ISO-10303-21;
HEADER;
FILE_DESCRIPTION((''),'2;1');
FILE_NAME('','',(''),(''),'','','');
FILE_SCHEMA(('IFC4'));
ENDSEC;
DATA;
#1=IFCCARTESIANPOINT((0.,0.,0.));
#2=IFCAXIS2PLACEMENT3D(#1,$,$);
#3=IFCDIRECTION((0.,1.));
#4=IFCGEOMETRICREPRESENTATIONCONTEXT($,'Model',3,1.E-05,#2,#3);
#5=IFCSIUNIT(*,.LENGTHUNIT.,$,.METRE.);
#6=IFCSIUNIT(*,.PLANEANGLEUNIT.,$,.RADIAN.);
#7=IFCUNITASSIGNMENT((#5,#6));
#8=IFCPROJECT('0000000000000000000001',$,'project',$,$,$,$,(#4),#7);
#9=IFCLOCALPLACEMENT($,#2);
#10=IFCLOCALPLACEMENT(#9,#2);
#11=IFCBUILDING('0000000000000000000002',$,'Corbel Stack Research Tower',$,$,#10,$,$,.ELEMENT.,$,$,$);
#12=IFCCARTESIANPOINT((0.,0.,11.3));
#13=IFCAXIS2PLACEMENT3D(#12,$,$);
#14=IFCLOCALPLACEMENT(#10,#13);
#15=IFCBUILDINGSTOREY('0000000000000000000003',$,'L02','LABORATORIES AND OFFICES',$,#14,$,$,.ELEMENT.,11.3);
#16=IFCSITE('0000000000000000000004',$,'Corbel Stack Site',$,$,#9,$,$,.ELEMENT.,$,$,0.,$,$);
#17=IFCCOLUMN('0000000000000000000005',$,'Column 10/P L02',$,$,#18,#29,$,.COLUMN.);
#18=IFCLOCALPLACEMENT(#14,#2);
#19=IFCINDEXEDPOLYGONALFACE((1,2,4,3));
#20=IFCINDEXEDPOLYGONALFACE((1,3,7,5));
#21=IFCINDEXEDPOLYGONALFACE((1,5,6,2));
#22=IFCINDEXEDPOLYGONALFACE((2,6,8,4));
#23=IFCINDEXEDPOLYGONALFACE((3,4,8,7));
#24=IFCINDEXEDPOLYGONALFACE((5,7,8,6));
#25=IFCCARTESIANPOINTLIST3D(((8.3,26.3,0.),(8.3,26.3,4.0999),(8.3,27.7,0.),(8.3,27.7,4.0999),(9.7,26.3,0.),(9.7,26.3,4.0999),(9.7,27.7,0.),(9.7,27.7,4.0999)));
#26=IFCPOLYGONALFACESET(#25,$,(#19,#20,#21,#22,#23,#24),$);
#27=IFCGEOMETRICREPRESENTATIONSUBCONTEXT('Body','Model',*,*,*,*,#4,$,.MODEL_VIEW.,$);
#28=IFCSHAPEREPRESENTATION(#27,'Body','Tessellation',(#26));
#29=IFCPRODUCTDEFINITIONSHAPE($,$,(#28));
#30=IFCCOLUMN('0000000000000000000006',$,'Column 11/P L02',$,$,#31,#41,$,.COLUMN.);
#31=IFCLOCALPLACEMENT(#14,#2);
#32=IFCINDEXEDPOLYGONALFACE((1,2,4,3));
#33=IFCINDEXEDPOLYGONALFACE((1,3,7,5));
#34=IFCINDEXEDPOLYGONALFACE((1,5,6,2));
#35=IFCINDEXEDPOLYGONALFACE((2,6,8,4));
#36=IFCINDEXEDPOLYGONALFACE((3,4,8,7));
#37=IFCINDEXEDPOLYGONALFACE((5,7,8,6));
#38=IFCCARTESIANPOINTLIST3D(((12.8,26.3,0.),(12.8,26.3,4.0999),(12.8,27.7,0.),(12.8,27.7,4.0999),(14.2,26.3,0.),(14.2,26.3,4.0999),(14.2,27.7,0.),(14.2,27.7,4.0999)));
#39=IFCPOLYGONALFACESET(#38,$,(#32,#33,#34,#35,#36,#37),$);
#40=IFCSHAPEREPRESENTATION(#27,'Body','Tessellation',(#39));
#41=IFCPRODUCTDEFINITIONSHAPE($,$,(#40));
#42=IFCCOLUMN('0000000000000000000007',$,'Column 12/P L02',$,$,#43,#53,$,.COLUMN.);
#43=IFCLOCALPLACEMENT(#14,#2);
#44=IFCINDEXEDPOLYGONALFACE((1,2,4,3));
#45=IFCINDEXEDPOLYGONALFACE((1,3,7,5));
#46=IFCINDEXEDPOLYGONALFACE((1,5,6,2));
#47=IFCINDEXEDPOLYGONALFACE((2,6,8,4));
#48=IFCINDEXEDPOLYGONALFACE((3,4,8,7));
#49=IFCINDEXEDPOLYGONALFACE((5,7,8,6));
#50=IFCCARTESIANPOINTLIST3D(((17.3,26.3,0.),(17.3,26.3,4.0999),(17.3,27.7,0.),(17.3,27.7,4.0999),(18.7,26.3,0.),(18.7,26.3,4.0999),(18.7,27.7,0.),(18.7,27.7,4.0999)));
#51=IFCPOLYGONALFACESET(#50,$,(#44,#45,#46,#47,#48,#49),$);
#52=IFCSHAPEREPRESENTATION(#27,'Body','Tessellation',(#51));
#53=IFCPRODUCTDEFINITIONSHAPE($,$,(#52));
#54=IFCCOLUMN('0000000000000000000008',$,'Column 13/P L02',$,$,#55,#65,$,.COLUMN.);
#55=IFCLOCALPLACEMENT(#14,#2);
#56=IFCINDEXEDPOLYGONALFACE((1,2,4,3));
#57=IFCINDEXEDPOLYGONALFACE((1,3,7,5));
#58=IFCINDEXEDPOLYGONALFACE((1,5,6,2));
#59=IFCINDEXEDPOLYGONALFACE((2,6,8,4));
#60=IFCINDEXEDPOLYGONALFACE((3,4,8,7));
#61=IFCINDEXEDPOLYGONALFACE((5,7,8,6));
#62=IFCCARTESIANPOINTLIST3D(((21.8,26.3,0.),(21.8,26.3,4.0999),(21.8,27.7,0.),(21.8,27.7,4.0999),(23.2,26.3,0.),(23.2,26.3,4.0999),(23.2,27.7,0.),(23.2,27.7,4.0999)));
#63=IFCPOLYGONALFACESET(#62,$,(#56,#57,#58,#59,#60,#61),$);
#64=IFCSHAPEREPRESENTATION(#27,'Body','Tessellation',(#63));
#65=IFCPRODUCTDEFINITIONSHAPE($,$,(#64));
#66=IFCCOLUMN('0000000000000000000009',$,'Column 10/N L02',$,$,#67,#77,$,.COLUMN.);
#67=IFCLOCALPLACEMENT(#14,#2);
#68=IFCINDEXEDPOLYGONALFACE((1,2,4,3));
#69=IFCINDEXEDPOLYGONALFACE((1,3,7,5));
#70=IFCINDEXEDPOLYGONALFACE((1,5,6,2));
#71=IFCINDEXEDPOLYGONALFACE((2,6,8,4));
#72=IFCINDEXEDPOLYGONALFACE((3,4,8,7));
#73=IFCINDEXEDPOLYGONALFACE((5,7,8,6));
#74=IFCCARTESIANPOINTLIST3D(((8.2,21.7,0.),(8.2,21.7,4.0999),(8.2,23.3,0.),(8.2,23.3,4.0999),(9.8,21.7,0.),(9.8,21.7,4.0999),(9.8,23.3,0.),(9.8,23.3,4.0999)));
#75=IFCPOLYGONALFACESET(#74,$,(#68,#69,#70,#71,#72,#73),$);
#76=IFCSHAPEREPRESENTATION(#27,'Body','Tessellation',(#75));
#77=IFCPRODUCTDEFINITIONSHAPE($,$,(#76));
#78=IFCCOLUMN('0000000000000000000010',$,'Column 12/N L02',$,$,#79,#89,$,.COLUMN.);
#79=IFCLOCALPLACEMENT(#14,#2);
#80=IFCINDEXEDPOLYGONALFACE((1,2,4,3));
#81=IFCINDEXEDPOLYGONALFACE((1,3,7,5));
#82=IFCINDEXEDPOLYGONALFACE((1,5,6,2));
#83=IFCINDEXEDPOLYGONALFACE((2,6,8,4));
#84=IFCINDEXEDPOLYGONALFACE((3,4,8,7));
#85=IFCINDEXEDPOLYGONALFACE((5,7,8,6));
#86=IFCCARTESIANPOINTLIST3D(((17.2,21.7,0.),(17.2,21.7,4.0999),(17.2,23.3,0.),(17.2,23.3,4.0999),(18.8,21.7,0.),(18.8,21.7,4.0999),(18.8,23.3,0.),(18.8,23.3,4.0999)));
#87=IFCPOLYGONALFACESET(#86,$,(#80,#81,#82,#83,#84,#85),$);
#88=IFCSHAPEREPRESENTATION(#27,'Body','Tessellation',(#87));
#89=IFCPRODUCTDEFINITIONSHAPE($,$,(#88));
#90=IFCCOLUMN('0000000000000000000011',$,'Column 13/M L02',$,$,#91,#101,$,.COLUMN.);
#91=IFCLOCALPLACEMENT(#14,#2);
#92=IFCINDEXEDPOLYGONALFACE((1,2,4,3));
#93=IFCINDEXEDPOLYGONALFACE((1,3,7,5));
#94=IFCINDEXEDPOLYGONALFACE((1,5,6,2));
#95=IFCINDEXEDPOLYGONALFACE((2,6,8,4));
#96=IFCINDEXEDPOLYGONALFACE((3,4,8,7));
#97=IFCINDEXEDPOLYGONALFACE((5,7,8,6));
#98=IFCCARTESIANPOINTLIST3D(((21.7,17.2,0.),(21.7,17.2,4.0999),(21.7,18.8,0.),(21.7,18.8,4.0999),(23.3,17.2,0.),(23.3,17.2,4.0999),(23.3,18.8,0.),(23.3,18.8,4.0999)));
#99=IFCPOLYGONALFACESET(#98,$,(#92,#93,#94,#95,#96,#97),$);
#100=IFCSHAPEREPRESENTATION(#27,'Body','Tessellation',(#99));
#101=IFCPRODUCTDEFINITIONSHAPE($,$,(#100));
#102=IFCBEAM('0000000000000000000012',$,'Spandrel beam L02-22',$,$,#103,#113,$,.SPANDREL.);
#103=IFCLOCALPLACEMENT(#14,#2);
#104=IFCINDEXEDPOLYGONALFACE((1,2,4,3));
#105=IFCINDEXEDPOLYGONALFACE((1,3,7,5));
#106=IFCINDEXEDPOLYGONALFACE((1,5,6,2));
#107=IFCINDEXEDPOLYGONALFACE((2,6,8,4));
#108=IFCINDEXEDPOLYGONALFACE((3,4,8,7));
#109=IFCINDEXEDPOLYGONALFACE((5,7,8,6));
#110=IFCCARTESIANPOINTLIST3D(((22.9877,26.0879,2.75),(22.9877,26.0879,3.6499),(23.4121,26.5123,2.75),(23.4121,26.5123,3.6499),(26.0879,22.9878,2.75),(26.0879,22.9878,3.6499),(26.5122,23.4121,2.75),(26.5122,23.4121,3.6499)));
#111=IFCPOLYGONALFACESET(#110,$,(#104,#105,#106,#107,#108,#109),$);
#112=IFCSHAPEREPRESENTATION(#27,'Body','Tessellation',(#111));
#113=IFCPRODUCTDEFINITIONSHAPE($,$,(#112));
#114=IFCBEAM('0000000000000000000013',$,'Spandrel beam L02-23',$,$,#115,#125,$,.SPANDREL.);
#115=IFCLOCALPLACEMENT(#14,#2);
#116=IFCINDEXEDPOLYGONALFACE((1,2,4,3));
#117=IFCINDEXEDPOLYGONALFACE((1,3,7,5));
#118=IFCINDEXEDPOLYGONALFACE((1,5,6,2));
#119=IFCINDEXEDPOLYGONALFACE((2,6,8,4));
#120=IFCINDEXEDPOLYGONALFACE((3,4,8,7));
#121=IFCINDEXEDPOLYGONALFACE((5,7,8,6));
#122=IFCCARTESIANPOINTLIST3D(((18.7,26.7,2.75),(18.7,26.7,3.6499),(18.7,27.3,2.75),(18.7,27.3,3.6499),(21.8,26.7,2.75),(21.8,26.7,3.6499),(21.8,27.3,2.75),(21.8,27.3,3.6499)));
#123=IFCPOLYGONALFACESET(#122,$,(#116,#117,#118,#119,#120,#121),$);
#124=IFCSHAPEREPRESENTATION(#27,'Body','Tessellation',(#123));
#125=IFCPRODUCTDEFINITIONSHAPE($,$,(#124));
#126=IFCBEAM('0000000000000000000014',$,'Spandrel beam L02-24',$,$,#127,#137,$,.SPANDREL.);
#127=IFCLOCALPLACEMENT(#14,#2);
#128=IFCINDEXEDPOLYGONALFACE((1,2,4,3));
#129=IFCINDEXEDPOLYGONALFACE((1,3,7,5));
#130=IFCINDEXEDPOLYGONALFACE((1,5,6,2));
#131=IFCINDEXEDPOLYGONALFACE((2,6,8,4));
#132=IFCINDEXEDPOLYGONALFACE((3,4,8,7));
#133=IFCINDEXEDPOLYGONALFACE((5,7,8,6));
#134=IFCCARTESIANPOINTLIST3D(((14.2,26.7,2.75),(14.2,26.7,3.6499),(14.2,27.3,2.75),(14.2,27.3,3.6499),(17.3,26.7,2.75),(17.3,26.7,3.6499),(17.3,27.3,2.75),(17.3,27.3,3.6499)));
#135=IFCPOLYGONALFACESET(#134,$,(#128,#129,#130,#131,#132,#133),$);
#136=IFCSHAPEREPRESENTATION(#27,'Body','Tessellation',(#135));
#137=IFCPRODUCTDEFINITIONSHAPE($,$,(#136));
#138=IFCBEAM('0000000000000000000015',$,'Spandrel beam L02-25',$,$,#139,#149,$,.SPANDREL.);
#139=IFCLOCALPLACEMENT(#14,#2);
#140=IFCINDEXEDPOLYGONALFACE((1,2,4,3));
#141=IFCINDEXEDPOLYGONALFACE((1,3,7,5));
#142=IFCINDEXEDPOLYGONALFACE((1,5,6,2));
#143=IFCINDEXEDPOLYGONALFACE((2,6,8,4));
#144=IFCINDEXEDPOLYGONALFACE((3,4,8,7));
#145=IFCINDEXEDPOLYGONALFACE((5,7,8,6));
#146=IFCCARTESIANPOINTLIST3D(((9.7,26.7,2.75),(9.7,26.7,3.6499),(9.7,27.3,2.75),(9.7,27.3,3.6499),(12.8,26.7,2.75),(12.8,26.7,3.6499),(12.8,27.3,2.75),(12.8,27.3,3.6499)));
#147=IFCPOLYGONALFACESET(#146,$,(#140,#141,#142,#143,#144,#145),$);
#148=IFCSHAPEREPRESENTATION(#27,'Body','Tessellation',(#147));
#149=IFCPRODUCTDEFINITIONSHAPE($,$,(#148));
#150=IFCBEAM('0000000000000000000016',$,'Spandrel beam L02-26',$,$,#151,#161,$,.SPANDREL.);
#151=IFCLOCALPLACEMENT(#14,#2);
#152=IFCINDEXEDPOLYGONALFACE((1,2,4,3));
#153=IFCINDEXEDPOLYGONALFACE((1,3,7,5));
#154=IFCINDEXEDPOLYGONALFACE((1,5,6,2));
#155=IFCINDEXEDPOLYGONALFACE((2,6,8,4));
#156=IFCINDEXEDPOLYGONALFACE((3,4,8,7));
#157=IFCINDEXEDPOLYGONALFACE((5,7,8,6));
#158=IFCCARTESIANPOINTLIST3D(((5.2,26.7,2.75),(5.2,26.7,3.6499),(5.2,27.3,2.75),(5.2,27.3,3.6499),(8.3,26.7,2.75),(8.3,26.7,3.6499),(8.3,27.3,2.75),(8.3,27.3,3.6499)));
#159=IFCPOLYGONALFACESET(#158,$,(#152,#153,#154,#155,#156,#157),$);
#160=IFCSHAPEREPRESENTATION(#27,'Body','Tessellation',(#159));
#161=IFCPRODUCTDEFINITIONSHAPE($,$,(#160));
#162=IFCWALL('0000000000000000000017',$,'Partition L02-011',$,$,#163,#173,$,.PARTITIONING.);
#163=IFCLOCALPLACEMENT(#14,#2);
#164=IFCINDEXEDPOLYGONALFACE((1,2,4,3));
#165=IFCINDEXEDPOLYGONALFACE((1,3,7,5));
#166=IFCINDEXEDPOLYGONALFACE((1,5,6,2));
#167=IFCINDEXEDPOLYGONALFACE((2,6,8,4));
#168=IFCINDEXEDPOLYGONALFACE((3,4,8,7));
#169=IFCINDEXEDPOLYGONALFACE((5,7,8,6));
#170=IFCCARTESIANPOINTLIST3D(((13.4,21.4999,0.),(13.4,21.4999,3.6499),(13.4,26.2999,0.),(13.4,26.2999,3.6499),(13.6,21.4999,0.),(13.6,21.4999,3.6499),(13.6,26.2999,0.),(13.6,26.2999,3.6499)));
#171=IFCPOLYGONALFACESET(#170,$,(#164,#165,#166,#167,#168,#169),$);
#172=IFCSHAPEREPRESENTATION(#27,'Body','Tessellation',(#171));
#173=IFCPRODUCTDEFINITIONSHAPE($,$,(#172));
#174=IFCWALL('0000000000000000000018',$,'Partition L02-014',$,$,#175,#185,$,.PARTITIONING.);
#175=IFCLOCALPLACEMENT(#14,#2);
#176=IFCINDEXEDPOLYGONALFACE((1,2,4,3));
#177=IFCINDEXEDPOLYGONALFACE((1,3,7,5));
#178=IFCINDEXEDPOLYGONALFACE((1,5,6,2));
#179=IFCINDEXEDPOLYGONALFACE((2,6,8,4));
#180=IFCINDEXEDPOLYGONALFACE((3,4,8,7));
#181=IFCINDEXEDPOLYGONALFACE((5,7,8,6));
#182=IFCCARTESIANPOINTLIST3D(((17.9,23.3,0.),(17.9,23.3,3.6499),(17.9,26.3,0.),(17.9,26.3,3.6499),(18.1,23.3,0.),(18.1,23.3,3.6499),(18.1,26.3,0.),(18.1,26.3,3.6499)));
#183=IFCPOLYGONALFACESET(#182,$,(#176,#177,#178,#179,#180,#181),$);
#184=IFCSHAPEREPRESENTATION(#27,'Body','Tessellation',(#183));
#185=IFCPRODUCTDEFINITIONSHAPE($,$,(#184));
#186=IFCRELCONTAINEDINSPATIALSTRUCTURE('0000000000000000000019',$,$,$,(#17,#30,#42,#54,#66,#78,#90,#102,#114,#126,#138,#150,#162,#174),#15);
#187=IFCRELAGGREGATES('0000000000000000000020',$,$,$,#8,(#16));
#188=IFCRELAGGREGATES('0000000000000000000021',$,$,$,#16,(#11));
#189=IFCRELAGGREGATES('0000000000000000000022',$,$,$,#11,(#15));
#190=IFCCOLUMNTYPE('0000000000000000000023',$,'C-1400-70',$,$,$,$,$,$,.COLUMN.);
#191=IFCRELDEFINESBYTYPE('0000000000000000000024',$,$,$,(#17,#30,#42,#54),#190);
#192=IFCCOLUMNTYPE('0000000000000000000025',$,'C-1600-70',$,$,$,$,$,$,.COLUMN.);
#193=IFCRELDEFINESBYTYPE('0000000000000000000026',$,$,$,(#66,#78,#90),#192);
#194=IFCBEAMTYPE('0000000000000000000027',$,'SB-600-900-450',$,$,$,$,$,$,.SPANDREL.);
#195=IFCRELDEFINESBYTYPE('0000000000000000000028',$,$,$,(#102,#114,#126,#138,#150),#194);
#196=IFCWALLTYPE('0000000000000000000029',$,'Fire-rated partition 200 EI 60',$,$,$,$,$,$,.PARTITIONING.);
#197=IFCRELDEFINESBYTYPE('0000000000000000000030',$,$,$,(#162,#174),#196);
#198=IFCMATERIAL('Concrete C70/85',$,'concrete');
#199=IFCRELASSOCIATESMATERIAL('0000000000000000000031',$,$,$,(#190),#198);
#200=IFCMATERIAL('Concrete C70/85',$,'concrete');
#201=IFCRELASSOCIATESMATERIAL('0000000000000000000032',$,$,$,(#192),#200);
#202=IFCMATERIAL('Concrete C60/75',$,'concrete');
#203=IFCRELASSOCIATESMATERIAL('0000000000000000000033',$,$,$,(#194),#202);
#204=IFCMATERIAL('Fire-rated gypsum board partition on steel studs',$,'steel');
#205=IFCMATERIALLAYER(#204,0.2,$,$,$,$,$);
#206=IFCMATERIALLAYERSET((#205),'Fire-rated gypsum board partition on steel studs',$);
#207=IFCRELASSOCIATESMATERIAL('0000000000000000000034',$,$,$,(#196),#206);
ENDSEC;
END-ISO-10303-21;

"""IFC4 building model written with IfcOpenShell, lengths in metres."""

from ifc_helpers import new_model, si_unit, direction, frame, frame_2d, origin, origin_2d, place, context, subcontext, project, spatial, rectangle, extrude, material, layer, layer_set, material_profile, profile_set, type_object, element, save


model = new_model("IFC4")

# Units and contexts
model_context = context("Model", 3, precision=1e-05, world=origin(), true_north=direction((0.0, 1.0)))
body_context = subcontext(model_context, "Body", "Model", "MODEL_VIEW")
ifc_project = project(units=[si_unit("LENGTHUNIT", "METRE"), si_unit("PLANEANGLEUNIT", "RADIAN")], contexts=[model_context])

# Site, building, storey
site_placement = place(None, origin())
site = spatial("IfcSite", under=ifc_project, at=site_placement, Name="Corbel Stack Site", CompositionType="ELEMENT", RefElevation=0.0)
building_placement = place(site_placement, origin())
building = spatial("IfcBuilding", under=site, at=building_placement, Name="Corbel Stack Research Tower", CompositionType="ELEMENT")
storey_placement = place(building_placement, frame((0.0, 0.0, 11.3)))
storey = spatial("IfcBuildingStorey", under=building, at=storey_placement, Name="L02", Description="LABORATORIES AND OFFICES", CompositionType="ELEMENT", Elevation=11.3)

# Columns
ifc_material_1 = material(Name="Concrete C70/85", Category="concrete")
ifc_material_profile_1 = material_profile(ifc_material_1, rectangle(XDim=1.3999, YDim=1.3999, at=origin_2d()), Name="RC 1400 x 1400")
ifc_profile_set_1 = profile_set([ifc_material_profile_1], Name="Concrete C70/85")
column_type_1 = type_object("IfcColumnType", Name="C-1400-70", PredefinedType="COLUMN", material=ifc_profile_set_1)
for number, where, z_axis, x_axis, name in (
    (1, (9.0, 27.0, 0.0), (0.0, 0.0, 1.0), (1.0, 0.0, 0.0), "Column 10/P L02"),
    (2, (13.5, 27.0, 0.0), (0.0, 0.0, 1.0), (1.0, 0.0, 0.0), "Column 11/P L02"),
    (3, (18.0, 27.0, 0.0), (0.0, 0.0, 1.0), (1.0, 0.0, 0.0), "Column 12/P L02"),
    (4, (22.5, 27.0, 0.0), (0.0, 0.0, 1.0), (1.0, 0.0, 0.0), "Column 13/P L02"),
):
    element("IfcColumn", number, at=place(storey_placement, frame(where, z_axis=z_axis, x_axis=x_axis)), inside=storey, type_object=column_type_1, Name=name, PredefinedType="COLUMN", context=body_context, shape_type="SweptSolid", body=[
        extrude(rectangle(XDim=1.3999, YDim=1.3999, at=origin_2d()), origin(), (0.0, 0.0, 1.0), 4.0999),
    ])
ifc_material_2 = material(Name="Concrete C70/85", Category="concrete")
ifc_material_profile_2 = material_profile(ifc_material_2, rectangle(XDim=1.6001, YDim=1.6001, at=origin_2d()), Name="RC 1600 x 1600")
ifc_profile_set_2 = profile_set([ifc_material_profile_2], Name="Concrete C70/85")
column_type_2 = type_object("IfcColumnType", Name="C-1600-70", PredefinedType="COLUMN", material=ifc_profile_set_2)
for number, where, z_axis, x_axis, name in (
    (5, (9.0, 22.5, 0.0), (0.0, 0.0, 1.0), (1.0, 0.0, 0.0), "Column 10/N L02"),
    (6, (18.0, 22.5, 0.0), (0.0, 0.0, 1.0), (1.0, 0.0, 0.0), "Column 12/N L02"),
    (7, (22.5, 18.0, 0.0), (0.0, 0.0, 1.0), (1.0, 0.0, 0.0), "Column 13/M L02"),
):
    element("IfcColumn", number, at=place(storey_placement, frame(where, z_axis=z_axis, x_axis=x_axis)), inside=storey, type_object=column_type_2, Name=name, PredefinedType="COLUMN", context=body_context, shape_type="SweptSolid", body=[
        extrude(rectangle(XDim=1.6001, YDim=1.6001, at=origin_2d()), origin(), (0.0, 0.0, 1.0), 4.0999),
    ])

# Beams
ifc_material_3 = material(Name="Concrete C60/75", Category="concrete")
ifc_material_profile_3 = material_profile(ifc_material_3, rectangle(XDim=0.6001, YDim=0.8999, at=origin_2d()), Name="RC 600 x 900")
ifc_profile_set_3 = profile_set([ifc_material_profile_3], Name="Concrete C60/75")
beam_type = type_object("IfcBeamType", Name="SB-600-900-450", PredefinedType="SPANDREL", material=ifc_profile_set_3)
beam_placement = place(storey_placement, frame((26.3, 23.2, 3.2), z_axis=(-0.707107, 0.707107, 0.0), x_axis=(-0.707107, -0.707107, 0.0)))
element("IfcBeam", 8, at=beam_placement, inside=storey, type_object=beam_type, Name="Spandrel beam L02-22", PredefinedType="SPANDREL", context=body_context, shape_type="SweptSolid", body=[
    extrude(rectangle(XDim=0.6001, YDim=0.8999, at=origin_2d()), origin(), (0.0, 0.0, 1.0), 4.3843),
])
for number, where, z_axis, x_axis, name in (
    (9, (21.8, 27.0, 3.2), (-1.0, 0.0, 0.0), (0.0, -1.0, 0.0), "Spandrel beam L02-23"),
    (10, (17.3, 27.0, 3.2), (-1.0, 0.0, 0.0), (0.0, -1.0, 0.0), "Spandrel beam L02-24"),
    (11, (12.8, 27.0, 3.2), (-1.0, 0.0, 0.0), (0.0, -1.0, 0.0), "Spandrel beam L02-25"),
    (12, (8.3, 27.0, 3.2), (-1.0, 0.0, 0.0), (0.0, -1.0, 0.0), "Spandrel beam L02-26"),
):
    element("IfcBeam", number, at=place(storey_placement, frame(where, z_axis=z_axis, x_axis=x_axis)), inside=storey, type_object=beam_type, Name=name, PredefinedType="SPANDREL", context=body_context, shape_type="SweptSolid", body=[
        extrude(rectangle(XDim=0.6001, YDim=0.8999, at=origin_2d()), origin(), (0.0, 0.0, 1.0), 3.1001),
    ])

# Walls
ifc_material_4 = material(Name="Fire-rated gypsum board partition on steel studs", Category="steel")
ifc_layer_1 = layer(ifc_material_4, 0.2)
ifc_layer_set_1 = layer_set([ifc_layer_1], Name="Fire-rated gypsum board partition on steel studs")
wall_type_1 = type_object("IfcWallType", Name="Fire-rated partition 200 EI 60", PredefinedType="PARTITIONING", material=ifc_layer_set_1)
wall_1_placement = place(storey_placement, frame((13.5, 21.5, 0.0), z_axis=(0.0, 0.0, 1.0), x_axis=(0.0, 1.0, 0.0)))
element("IfcWall", 13, at=wall_1_placement, inside=storey, type_object=wall_type_1, Name="Partition L02-011", PredefinedType="PARTITIONING", context=body_context, shape_type="SweptSolid", body=[
    extrude(rectangle(XDim=4.8, YDim=0.2, at=frame_2d((2.3999, 0.0))), origin(), (0.0, 0.0, 1.0), 3.6499),
])
wall_2_placement = place(storey_placement, frame((18.0, 23.3, 0.0), z_axis=(0.0, 0.0, 1.0), x_axis=(0.0, 1.0, 0.0)))
element("IfcWall", 14, at=wall_2_placement, inside=storey, type_object=wall_type_1, Name="Partition L02-014", PredefinedType="PARTITIONING", context=body_context, shape_type="SweptSolid", body=[
    extrude(rectangle(XDim=3.0, YDim=0.2, at=frame_2d((1.5, 0.0))), origin(), (0.0, 0.0, 1.0), 3.6499),
])

save(model, "model.ifc")
